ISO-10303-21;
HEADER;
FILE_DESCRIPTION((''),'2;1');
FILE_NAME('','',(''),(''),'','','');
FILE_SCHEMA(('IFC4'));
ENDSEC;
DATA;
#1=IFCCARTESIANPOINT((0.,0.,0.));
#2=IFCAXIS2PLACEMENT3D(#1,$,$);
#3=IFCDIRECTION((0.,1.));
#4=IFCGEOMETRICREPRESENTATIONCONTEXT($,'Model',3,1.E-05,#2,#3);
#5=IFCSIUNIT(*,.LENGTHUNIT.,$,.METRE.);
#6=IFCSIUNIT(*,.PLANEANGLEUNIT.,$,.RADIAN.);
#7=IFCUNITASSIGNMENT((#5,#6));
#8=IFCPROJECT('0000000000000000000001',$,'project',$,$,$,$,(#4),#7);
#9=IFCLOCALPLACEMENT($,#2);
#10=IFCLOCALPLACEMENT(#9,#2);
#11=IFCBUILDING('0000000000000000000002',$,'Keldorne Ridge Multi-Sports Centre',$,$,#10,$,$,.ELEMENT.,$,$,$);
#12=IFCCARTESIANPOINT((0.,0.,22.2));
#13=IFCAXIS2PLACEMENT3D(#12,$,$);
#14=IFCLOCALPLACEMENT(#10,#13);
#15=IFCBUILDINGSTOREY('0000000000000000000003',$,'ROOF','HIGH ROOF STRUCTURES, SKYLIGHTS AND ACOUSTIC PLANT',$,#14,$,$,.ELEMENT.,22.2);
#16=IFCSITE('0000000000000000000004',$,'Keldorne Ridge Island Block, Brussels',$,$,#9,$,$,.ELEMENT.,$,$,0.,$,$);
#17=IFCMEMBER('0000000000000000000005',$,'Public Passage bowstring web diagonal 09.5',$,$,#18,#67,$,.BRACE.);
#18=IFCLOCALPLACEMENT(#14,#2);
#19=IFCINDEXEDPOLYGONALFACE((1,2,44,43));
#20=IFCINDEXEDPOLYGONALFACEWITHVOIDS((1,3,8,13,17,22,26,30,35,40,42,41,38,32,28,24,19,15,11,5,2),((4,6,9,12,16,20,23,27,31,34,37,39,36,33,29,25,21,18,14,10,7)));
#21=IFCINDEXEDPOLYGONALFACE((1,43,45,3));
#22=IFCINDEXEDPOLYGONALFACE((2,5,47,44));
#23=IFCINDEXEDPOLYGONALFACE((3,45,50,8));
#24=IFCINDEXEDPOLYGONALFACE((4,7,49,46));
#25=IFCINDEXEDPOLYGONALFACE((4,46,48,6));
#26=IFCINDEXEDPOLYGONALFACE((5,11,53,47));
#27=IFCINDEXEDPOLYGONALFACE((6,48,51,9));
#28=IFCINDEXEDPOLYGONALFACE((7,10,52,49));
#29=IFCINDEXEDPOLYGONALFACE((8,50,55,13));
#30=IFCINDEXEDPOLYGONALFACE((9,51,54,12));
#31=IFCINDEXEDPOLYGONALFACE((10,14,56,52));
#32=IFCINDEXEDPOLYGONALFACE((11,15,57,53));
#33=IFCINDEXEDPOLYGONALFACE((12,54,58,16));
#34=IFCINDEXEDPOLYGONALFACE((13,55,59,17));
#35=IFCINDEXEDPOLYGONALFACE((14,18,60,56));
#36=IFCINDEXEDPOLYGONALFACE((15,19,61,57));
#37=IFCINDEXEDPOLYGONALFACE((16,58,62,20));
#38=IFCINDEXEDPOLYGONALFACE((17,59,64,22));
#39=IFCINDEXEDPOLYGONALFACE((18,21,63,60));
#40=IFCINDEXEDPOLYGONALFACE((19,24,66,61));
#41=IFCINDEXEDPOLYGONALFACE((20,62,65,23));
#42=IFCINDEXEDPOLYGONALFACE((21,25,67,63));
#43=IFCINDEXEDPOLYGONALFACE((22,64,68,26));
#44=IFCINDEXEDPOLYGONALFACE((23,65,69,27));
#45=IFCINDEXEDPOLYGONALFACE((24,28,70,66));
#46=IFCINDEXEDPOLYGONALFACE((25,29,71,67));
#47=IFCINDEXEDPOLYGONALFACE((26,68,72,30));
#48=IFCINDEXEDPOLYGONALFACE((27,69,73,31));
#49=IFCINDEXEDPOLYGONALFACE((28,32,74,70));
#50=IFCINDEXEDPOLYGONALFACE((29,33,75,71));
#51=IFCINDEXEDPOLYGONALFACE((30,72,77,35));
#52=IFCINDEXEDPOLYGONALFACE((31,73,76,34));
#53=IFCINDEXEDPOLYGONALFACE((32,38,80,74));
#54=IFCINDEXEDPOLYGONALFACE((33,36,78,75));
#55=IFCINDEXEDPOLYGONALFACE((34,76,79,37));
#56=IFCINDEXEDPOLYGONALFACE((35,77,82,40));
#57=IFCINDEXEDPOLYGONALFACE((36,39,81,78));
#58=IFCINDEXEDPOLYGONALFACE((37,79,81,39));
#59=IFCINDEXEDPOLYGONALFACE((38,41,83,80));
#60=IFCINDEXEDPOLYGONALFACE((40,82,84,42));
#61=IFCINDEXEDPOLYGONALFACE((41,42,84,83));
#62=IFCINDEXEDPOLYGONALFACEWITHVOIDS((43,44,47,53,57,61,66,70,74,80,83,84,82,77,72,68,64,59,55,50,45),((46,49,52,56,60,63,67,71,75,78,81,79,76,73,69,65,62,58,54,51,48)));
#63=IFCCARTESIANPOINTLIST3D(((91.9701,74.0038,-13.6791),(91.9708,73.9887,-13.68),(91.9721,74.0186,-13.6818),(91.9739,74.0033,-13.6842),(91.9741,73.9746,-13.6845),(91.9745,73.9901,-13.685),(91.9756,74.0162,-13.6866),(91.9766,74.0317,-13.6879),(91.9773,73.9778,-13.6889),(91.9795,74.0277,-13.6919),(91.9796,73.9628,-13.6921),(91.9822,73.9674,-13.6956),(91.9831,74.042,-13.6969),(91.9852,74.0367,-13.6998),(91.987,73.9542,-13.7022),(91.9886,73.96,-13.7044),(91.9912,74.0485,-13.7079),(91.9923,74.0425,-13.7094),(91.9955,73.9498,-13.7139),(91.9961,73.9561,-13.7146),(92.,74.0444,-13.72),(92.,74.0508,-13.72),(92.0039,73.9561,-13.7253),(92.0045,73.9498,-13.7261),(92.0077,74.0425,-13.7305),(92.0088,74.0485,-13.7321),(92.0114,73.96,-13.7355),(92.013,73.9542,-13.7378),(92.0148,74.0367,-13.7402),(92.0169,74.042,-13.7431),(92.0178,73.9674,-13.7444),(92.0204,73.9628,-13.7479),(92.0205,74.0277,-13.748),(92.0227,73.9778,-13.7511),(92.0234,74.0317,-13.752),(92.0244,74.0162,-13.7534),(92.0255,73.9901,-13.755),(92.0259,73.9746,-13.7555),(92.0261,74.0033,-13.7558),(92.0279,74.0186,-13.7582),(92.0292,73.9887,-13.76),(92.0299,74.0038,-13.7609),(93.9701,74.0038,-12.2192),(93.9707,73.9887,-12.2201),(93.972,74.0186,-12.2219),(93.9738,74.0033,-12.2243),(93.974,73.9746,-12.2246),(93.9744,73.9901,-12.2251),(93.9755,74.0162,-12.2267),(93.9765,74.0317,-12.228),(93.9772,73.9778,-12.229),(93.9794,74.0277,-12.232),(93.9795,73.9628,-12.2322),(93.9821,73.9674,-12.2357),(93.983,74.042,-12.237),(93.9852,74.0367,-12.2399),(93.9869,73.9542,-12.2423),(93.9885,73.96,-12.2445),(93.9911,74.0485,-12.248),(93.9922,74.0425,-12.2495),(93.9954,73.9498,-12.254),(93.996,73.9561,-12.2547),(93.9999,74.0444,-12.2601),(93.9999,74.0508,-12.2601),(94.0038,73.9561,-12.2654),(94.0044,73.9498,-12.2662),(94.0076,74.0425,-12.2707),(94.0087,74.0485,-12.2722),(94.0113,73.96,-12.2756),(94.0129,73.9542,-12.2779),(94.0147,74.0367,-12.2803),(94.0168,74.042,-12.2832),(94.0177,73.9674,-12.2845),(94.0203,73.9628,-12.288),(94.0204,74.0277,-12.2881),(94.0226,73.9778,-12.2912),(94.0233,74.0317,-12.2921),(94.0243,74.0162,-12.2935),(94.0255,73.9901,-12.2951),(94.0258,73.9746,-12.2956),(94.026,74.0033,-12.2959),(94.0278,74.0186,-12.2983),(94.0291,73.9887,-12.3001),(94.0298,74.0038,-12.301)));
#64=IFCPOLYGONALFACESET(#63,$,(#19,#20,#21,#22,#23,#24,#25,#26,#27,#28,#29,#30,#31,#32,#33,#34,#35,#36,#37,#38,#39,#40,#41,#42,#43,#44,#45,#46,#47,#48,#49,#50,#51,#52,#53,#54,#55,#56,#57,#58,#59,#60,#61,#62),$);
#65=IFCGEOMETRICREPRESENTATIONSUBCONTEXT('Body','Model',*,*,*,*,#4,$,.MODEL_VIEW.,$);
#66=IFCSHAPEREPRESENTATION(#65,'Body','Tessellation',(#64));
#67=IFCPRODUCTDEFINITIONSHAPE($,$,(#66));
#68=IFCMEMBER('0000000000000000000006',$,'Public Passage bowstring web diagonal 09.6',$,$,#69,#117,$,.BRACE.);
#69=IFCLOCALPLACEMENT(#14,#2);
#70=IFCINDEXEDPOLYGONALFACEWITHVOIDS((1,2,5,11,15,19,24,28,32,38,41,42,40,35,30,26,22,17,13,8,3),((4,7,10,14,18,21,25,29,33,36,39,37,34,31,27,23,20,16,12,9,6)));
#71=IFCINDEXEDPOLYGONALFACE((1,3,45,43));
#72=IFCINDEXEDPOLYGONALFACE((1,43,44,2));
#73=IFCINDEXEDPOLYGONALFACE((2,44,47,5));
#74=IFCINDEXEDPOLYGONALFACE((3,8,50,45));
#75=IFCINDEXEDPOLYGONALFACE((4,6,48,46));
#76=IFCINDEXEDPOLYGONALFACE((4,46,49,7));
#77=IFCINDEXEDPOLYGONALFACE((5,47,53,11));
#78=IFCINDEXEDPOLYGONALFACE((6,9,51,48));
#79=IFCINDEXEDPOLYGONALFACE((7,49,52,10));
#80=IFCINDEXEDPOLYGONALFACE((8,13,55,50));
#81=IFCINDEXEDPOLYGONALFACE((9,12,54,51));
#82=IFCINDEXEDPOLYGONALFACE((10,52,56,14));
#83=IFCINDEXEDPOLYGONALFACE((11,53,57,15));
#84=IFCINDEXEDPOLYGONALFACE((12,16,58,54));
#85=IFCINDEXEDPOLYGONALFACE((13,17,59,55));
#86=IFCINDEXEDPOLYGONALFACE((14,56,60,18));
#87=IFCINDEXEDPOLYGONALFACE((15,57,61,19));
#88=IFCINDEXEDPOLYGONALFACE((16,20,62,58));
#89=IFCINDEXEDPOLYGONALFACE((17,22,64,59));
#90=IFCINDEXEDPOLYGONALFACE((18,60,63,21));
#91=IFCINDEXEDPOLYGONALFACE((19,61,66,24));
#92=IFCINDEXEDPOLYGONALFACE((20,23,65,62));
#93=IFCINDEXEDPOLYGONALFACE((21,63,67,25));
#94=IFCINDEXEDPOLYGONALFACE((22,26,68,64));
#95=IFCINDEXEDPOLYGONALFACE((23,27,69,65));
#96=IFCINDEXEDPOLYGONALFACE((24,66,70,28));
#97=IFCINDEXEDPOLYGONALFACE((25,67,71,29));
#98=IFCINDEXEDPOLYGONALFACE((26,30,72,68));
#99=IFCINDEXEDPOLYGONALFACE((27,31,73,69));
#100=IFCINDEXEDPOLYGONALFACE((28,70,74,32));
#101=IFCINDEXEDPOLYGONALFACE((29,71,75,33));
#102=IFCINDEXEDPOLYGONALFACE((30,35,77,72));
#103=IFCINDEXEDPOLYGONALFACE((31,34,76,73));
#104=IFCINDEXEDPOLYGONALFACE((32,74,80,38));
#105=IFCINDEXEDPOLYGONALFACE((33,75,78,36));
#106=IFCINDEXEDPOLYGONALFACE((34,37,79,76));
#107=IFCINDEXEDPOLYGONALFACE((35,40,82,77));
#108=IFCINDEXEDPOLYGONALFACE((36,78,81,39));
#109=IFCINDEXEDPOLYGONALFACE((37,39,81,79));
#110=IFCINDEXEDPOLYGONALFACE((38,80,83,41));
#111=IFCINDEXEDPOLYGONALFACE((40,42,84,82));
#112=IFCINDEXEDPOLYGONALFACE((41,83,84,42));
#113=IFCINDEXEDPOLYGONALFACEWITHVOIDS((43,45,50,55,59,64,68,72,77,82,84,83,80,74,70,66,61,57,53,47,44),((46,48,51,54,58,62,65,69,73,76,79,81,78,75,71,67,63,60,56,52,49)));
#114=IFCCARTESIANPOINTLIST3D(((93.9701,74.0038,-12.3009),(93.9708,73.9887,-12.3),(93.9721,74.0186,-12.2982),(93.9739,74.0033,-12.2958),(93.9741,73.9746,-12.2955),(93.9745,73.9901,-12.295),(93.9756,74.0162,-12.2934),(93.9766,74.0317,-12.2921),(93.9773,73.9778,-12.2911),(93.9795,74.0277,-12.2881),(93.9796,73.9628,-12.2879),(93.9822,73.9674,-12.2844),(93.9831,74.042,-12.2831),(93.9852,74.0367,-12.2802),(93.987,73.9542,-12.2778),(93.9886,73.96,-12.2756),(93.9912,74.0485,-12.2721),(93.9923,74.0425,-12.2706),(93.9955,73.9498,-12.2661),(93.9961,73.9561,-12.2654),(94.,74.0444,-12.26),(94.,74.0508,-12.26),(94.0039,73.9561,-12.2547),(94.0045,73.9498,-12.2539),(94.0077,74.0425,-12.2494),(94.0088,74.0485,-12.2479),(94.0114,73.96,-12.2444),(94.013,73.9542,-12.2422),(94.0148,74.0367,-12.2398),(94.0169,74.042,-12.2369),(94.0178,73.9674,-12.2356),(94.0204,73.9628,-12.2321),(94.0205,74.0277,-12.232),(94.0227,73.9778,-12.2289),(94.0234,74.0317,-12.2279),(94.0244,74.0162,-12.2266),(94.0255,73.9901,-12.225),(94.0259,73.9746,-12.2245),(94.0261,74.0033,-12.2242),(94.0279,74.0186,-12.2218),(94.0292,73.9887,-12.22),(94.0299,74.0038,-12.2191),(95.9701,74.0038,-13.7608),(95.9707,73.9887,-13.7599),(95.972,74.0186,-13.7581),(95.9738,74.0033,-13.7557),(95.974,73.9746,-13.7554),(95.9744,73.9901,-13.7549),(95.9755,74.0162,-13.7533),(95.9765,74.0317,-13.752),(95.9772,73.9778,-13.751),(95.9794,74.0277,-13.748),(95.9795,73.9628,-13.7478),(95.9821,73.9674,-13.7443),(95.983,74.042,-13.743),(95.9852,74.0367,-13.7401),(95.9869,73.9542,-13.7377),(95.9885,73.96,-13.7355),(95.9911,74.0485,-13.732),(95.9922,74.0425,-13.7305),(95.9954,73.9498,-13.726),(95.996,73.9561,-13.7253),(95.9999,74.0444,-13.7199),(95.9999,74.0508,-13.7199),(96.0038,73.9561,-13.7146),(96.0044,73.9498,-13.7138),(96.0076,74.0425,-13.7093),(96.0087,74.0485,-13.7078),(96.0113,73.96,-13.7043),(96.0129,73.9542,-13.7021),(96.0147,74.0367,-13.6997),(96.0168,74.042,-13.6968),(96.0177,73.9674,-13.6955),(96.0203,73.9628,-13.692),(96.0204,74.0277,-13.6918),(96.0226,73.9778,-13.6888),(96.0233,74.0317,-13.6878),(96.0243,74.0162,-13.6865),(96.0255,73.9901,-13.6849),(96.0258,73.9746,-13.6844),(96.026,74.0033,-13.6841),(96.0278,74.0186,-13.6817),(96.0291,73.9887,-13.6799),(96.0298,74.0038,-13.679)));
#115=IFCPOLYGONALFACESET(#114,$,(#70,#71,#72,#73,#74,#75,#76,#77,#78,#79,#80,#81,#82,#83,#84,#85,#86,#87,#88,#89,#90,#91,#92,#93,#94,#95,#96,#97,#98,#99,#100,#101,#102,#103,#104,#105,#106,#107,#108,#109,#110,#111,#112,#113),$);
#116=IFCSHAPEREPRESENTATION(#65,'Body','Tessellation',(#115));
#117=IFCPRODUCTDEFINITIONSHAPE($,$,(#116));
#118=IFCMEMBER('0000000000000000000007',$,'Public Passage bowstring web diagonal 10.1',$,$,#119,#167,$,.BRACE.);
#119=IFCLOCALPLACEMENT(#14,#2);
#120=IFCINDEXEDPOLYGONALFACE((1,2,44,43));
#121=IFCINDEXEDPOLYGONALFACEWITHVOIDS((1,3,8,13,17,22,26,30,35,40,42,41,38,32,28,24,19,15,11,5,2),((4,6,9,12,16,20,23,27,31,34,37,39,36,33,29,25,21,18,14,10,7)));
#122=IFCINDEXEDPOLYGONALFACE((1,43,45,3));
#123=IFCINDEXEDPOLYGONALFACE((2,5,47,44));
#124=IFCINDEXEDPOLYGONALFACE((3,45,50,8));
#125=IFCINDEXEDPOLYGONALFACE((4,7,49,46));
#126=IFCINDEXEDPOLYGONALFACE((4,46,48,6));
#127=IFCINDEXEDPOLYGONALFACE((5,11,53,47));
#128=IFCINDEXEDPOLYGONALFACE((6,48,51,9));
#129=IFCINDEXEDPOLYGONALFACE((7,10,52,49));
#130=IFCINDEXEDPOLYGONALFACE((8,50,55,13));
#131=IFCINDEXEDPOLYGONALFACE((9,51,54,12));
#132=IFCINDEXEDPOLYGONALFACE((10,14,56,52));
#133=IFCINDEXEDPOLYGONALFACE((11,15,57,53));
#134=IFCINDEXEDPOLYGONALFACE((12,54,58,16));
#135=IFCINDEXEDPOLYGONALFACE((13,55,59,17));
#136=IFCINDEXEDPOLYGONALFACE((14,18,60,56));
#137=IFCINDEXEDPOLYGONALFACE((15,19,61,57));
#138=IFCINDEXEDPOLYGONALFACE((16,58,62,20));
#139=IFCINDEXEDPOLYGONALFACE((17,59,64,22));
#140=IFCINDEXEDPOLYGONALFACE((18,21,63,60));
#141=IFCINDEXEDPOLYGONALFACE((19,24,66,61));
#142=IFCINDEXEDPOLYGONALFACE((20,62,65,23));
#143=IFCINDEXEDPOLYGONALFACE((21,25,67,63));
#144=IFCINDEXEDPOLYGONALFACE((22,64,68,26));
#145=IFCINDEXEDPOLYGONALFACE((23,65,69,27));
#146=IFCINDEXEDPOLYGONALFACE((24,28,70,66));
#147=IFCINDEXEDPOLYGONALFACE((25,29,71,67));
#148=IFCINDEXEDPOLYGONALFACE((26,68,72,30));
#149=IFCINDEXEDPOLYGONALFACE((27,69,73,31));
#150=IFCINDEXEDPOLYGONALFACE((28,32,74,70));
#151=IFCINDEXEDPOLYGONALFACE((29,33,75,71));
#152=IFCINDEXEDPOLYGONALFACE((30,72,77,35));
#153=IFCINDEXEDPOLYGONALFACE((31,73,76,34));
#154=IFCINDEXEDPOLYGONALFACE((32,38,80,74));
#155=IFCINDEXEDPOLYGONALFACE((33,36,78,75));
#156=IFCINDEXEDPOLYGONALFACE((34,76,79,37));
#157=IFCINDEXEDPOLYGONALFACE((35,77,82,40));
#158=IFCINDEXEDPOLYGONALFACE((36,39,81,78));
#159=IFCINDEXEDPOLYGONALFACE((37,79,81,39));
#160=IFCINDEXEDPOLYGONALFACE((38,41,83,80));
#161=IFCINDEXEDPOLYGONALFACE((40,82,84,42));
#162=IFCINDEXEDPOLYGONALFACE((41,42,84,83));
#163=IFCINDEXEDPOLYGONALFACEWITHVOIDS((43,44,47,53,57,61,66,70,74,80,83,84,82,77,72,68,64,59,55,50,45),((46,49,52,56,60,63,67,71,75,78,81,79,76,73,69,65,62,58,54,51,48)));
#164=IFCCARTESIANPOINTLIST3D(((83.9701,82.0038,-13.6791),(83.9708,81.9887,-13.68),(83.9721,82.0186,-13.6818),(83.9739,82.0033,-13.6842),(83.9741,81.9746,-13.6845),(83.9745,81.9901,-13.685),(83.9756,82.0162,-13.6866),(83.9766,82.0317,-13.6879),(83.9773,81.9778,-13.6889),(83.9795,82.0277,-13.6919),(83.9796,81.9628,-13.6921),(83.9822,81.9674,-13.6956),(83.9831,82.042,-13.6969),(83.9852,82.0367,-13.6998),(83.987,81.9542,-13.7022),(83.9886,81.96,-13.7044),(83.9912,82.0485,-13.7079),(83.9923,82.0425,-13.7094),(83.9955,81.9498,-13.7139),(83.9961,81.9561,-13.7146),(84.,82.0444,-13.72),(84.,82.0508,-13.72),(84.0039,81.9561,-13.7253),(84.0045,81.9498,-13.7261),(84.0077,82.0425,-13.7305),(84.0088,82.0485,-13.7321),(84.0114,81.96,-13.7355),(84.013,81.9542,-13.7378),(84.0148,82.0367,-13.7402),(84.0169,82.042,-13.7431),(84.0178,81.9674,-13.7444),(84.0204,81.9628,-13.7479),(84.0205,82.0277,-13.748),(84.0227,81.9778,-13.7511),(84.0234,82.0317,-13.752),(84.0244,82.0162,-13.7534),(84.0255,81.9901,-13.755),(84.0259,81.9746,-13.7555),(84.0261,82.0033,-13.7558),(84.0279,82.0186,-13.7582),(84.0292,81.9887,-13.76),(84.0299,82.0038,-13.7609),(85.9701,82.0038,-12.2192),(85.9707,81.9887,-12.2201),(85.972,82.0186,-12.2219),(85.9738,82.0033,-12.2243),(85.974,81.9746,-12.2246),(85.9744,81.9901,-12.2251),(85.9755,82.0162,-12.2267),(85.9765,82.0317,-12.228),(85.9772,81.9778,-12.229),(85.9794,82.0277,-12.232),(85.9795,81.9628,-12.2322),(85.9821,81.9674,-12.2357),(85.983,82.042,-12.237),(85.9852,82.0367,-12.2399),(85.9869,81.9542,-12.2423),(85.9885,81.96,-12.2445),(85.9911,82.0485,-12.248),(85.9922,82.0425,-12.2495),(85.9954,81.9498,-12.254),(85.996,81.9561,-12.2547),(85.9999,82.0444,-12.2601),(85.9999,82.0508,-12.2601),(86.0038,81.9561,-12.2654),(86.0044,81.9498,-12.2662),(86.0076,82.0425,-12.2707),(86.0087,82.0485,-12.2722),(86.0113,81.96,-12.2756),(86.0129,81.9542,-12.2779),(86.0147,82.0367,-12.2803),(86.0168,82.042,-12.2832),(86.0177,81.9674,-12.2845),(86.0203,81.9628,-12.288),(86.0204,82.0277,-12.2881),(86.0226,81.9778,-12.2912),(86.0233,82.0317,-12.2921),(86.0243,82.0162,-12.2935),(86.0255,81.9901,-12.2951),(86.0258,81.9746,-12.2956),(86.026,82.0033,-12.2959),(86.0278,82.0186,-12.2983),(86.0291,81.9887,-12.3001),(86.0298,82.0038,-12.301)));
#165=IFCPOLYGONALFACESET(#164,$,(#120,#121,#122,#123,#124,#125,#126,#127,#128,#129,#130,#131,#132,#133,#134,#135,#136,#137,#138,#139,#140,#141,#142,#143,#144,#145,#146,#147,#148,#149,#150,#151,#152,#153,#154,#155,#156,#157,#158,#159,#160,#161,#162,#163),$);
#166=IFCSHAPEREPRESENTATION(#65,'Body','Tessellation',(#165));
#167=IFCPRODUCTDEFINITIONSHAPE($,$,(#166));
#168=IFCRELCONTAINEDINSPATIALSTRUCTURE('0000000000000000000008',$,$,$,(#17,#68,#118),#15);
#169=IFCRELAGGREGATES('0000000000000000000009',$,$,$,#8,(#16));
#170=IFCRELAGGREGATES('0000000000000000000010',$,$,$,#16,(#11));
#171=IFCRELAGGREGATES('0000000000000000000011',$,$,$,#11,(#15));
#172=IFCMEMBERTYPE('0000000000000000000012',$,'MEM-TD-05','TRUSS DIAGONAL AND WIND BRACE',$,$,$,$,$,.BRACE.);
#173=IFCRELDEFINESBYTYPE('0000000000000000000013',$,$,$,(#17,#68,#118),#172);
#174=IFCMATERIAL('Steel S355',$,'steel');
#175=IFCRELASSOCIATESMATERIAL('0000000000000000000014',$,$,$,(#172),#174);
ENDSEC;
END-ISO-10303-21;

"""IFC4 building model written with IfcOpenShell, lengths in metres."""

from ifc_helpers import new_model, si_unit, direction, frame, origin, origin_2d, place, context, subcontext, project, spatial, hollow_circle, extrude, material, material_profile, profile_set, type_object, element, save


model = new_model("IFC4")

# Units and contexts
model_context = context("Model", 3, precision=1e-05, world=origin(), true_north=direction((0.0, 1.0)))
body_context = subcontext(model_context, "Body", "Model", "MODEL_VIEW")
ifc_project = project(units=[si_unit("LENGTHUNIT", "METRE"), si_unit("PLANEANGLEUNIT", "RADIAN")], contexts=[model_context])

# Site, building, storey
site_placement = place(None, origin())
site = spatial("IfcSite", under=ifc_project, at=site_placement, Name="Keldorne Ridge Island Block, Brussels", CompositionType="ELEMENT", RefElevation=0.0)
building_placement = place(site_placement, origin())
building = spatial("IfcBuilding", under=site, at=building_placement, Name="Keldorne Ridge Multi-Sports Centre", CompositionType="ELEMENT")
storey_placement = place(building_placement, frame((0.0, 0.0, 22.2)))
storey = spatial("IfcBuildingStorey", under=building, at=storey_placement, Name="ROOF", Description="HIGH ROOF STRUCTURES, SKYLIGHTS AND ACOUSTIC PLANT", CompositionType="ELEMENT", Elevation=22.2)

# Members
ifc_material = material(Name="Steel S355", Category="steel")
ifc_material_profile_1 = material_profile(ifc_material, hollow_circle(Radius=0.0508, WallThickness=0.0063, at=origin_2d()), Name="CHS 101.6x6.3")
ifc_profile_set_1 = profile_set([ifc_material_profile_1], Name="Steel S355")
member_type_1 = type_object("IfcMemberType", Name="MEM-TD-05", Description="TRUSS DIAGONAL AND WIND BRACE", PredefinedType="BRACE", material=ifc_profile_set_1)
for number, where, z_axis, x_axis, name in (
    (1, (92.0, 74.0, -13.72), (0.807695, 0.0, 0.589601), (0.0, 1.0, 0.0), "Public Passage bowstring web diagonal 09.5"),
    (2, (94.0, 74.0, -12.26), (0.807695, 0.0, -0.589601), (0.0, 1.0, 0.0), "Public Passage bowstring web diagonal 09.6"),
    (3, (84.0, 82.0, -13.72), (0.807695, 0.0, 0.589601), (0.0, 1.0, 0.0), "Public Passage bowstring web diagonal 10.1"),
):
    element("IfcMember", number, at=place(storey_placement, frame(where, z_axis=z_axis, x_axis=x_axis)), inside=storey, type_object=member_type_1, Name=name, PredefinedType="BRACE", context=body_context, shape_type="SweptSolid", body=[
        extrude(hollow_circle(Radius=0.0508, WallThickness=0.0063, at=origin_2d()), origin(), (0.0, 0.0, 1.0), 2.4761),
    ])

save(model, "model.ifc")
